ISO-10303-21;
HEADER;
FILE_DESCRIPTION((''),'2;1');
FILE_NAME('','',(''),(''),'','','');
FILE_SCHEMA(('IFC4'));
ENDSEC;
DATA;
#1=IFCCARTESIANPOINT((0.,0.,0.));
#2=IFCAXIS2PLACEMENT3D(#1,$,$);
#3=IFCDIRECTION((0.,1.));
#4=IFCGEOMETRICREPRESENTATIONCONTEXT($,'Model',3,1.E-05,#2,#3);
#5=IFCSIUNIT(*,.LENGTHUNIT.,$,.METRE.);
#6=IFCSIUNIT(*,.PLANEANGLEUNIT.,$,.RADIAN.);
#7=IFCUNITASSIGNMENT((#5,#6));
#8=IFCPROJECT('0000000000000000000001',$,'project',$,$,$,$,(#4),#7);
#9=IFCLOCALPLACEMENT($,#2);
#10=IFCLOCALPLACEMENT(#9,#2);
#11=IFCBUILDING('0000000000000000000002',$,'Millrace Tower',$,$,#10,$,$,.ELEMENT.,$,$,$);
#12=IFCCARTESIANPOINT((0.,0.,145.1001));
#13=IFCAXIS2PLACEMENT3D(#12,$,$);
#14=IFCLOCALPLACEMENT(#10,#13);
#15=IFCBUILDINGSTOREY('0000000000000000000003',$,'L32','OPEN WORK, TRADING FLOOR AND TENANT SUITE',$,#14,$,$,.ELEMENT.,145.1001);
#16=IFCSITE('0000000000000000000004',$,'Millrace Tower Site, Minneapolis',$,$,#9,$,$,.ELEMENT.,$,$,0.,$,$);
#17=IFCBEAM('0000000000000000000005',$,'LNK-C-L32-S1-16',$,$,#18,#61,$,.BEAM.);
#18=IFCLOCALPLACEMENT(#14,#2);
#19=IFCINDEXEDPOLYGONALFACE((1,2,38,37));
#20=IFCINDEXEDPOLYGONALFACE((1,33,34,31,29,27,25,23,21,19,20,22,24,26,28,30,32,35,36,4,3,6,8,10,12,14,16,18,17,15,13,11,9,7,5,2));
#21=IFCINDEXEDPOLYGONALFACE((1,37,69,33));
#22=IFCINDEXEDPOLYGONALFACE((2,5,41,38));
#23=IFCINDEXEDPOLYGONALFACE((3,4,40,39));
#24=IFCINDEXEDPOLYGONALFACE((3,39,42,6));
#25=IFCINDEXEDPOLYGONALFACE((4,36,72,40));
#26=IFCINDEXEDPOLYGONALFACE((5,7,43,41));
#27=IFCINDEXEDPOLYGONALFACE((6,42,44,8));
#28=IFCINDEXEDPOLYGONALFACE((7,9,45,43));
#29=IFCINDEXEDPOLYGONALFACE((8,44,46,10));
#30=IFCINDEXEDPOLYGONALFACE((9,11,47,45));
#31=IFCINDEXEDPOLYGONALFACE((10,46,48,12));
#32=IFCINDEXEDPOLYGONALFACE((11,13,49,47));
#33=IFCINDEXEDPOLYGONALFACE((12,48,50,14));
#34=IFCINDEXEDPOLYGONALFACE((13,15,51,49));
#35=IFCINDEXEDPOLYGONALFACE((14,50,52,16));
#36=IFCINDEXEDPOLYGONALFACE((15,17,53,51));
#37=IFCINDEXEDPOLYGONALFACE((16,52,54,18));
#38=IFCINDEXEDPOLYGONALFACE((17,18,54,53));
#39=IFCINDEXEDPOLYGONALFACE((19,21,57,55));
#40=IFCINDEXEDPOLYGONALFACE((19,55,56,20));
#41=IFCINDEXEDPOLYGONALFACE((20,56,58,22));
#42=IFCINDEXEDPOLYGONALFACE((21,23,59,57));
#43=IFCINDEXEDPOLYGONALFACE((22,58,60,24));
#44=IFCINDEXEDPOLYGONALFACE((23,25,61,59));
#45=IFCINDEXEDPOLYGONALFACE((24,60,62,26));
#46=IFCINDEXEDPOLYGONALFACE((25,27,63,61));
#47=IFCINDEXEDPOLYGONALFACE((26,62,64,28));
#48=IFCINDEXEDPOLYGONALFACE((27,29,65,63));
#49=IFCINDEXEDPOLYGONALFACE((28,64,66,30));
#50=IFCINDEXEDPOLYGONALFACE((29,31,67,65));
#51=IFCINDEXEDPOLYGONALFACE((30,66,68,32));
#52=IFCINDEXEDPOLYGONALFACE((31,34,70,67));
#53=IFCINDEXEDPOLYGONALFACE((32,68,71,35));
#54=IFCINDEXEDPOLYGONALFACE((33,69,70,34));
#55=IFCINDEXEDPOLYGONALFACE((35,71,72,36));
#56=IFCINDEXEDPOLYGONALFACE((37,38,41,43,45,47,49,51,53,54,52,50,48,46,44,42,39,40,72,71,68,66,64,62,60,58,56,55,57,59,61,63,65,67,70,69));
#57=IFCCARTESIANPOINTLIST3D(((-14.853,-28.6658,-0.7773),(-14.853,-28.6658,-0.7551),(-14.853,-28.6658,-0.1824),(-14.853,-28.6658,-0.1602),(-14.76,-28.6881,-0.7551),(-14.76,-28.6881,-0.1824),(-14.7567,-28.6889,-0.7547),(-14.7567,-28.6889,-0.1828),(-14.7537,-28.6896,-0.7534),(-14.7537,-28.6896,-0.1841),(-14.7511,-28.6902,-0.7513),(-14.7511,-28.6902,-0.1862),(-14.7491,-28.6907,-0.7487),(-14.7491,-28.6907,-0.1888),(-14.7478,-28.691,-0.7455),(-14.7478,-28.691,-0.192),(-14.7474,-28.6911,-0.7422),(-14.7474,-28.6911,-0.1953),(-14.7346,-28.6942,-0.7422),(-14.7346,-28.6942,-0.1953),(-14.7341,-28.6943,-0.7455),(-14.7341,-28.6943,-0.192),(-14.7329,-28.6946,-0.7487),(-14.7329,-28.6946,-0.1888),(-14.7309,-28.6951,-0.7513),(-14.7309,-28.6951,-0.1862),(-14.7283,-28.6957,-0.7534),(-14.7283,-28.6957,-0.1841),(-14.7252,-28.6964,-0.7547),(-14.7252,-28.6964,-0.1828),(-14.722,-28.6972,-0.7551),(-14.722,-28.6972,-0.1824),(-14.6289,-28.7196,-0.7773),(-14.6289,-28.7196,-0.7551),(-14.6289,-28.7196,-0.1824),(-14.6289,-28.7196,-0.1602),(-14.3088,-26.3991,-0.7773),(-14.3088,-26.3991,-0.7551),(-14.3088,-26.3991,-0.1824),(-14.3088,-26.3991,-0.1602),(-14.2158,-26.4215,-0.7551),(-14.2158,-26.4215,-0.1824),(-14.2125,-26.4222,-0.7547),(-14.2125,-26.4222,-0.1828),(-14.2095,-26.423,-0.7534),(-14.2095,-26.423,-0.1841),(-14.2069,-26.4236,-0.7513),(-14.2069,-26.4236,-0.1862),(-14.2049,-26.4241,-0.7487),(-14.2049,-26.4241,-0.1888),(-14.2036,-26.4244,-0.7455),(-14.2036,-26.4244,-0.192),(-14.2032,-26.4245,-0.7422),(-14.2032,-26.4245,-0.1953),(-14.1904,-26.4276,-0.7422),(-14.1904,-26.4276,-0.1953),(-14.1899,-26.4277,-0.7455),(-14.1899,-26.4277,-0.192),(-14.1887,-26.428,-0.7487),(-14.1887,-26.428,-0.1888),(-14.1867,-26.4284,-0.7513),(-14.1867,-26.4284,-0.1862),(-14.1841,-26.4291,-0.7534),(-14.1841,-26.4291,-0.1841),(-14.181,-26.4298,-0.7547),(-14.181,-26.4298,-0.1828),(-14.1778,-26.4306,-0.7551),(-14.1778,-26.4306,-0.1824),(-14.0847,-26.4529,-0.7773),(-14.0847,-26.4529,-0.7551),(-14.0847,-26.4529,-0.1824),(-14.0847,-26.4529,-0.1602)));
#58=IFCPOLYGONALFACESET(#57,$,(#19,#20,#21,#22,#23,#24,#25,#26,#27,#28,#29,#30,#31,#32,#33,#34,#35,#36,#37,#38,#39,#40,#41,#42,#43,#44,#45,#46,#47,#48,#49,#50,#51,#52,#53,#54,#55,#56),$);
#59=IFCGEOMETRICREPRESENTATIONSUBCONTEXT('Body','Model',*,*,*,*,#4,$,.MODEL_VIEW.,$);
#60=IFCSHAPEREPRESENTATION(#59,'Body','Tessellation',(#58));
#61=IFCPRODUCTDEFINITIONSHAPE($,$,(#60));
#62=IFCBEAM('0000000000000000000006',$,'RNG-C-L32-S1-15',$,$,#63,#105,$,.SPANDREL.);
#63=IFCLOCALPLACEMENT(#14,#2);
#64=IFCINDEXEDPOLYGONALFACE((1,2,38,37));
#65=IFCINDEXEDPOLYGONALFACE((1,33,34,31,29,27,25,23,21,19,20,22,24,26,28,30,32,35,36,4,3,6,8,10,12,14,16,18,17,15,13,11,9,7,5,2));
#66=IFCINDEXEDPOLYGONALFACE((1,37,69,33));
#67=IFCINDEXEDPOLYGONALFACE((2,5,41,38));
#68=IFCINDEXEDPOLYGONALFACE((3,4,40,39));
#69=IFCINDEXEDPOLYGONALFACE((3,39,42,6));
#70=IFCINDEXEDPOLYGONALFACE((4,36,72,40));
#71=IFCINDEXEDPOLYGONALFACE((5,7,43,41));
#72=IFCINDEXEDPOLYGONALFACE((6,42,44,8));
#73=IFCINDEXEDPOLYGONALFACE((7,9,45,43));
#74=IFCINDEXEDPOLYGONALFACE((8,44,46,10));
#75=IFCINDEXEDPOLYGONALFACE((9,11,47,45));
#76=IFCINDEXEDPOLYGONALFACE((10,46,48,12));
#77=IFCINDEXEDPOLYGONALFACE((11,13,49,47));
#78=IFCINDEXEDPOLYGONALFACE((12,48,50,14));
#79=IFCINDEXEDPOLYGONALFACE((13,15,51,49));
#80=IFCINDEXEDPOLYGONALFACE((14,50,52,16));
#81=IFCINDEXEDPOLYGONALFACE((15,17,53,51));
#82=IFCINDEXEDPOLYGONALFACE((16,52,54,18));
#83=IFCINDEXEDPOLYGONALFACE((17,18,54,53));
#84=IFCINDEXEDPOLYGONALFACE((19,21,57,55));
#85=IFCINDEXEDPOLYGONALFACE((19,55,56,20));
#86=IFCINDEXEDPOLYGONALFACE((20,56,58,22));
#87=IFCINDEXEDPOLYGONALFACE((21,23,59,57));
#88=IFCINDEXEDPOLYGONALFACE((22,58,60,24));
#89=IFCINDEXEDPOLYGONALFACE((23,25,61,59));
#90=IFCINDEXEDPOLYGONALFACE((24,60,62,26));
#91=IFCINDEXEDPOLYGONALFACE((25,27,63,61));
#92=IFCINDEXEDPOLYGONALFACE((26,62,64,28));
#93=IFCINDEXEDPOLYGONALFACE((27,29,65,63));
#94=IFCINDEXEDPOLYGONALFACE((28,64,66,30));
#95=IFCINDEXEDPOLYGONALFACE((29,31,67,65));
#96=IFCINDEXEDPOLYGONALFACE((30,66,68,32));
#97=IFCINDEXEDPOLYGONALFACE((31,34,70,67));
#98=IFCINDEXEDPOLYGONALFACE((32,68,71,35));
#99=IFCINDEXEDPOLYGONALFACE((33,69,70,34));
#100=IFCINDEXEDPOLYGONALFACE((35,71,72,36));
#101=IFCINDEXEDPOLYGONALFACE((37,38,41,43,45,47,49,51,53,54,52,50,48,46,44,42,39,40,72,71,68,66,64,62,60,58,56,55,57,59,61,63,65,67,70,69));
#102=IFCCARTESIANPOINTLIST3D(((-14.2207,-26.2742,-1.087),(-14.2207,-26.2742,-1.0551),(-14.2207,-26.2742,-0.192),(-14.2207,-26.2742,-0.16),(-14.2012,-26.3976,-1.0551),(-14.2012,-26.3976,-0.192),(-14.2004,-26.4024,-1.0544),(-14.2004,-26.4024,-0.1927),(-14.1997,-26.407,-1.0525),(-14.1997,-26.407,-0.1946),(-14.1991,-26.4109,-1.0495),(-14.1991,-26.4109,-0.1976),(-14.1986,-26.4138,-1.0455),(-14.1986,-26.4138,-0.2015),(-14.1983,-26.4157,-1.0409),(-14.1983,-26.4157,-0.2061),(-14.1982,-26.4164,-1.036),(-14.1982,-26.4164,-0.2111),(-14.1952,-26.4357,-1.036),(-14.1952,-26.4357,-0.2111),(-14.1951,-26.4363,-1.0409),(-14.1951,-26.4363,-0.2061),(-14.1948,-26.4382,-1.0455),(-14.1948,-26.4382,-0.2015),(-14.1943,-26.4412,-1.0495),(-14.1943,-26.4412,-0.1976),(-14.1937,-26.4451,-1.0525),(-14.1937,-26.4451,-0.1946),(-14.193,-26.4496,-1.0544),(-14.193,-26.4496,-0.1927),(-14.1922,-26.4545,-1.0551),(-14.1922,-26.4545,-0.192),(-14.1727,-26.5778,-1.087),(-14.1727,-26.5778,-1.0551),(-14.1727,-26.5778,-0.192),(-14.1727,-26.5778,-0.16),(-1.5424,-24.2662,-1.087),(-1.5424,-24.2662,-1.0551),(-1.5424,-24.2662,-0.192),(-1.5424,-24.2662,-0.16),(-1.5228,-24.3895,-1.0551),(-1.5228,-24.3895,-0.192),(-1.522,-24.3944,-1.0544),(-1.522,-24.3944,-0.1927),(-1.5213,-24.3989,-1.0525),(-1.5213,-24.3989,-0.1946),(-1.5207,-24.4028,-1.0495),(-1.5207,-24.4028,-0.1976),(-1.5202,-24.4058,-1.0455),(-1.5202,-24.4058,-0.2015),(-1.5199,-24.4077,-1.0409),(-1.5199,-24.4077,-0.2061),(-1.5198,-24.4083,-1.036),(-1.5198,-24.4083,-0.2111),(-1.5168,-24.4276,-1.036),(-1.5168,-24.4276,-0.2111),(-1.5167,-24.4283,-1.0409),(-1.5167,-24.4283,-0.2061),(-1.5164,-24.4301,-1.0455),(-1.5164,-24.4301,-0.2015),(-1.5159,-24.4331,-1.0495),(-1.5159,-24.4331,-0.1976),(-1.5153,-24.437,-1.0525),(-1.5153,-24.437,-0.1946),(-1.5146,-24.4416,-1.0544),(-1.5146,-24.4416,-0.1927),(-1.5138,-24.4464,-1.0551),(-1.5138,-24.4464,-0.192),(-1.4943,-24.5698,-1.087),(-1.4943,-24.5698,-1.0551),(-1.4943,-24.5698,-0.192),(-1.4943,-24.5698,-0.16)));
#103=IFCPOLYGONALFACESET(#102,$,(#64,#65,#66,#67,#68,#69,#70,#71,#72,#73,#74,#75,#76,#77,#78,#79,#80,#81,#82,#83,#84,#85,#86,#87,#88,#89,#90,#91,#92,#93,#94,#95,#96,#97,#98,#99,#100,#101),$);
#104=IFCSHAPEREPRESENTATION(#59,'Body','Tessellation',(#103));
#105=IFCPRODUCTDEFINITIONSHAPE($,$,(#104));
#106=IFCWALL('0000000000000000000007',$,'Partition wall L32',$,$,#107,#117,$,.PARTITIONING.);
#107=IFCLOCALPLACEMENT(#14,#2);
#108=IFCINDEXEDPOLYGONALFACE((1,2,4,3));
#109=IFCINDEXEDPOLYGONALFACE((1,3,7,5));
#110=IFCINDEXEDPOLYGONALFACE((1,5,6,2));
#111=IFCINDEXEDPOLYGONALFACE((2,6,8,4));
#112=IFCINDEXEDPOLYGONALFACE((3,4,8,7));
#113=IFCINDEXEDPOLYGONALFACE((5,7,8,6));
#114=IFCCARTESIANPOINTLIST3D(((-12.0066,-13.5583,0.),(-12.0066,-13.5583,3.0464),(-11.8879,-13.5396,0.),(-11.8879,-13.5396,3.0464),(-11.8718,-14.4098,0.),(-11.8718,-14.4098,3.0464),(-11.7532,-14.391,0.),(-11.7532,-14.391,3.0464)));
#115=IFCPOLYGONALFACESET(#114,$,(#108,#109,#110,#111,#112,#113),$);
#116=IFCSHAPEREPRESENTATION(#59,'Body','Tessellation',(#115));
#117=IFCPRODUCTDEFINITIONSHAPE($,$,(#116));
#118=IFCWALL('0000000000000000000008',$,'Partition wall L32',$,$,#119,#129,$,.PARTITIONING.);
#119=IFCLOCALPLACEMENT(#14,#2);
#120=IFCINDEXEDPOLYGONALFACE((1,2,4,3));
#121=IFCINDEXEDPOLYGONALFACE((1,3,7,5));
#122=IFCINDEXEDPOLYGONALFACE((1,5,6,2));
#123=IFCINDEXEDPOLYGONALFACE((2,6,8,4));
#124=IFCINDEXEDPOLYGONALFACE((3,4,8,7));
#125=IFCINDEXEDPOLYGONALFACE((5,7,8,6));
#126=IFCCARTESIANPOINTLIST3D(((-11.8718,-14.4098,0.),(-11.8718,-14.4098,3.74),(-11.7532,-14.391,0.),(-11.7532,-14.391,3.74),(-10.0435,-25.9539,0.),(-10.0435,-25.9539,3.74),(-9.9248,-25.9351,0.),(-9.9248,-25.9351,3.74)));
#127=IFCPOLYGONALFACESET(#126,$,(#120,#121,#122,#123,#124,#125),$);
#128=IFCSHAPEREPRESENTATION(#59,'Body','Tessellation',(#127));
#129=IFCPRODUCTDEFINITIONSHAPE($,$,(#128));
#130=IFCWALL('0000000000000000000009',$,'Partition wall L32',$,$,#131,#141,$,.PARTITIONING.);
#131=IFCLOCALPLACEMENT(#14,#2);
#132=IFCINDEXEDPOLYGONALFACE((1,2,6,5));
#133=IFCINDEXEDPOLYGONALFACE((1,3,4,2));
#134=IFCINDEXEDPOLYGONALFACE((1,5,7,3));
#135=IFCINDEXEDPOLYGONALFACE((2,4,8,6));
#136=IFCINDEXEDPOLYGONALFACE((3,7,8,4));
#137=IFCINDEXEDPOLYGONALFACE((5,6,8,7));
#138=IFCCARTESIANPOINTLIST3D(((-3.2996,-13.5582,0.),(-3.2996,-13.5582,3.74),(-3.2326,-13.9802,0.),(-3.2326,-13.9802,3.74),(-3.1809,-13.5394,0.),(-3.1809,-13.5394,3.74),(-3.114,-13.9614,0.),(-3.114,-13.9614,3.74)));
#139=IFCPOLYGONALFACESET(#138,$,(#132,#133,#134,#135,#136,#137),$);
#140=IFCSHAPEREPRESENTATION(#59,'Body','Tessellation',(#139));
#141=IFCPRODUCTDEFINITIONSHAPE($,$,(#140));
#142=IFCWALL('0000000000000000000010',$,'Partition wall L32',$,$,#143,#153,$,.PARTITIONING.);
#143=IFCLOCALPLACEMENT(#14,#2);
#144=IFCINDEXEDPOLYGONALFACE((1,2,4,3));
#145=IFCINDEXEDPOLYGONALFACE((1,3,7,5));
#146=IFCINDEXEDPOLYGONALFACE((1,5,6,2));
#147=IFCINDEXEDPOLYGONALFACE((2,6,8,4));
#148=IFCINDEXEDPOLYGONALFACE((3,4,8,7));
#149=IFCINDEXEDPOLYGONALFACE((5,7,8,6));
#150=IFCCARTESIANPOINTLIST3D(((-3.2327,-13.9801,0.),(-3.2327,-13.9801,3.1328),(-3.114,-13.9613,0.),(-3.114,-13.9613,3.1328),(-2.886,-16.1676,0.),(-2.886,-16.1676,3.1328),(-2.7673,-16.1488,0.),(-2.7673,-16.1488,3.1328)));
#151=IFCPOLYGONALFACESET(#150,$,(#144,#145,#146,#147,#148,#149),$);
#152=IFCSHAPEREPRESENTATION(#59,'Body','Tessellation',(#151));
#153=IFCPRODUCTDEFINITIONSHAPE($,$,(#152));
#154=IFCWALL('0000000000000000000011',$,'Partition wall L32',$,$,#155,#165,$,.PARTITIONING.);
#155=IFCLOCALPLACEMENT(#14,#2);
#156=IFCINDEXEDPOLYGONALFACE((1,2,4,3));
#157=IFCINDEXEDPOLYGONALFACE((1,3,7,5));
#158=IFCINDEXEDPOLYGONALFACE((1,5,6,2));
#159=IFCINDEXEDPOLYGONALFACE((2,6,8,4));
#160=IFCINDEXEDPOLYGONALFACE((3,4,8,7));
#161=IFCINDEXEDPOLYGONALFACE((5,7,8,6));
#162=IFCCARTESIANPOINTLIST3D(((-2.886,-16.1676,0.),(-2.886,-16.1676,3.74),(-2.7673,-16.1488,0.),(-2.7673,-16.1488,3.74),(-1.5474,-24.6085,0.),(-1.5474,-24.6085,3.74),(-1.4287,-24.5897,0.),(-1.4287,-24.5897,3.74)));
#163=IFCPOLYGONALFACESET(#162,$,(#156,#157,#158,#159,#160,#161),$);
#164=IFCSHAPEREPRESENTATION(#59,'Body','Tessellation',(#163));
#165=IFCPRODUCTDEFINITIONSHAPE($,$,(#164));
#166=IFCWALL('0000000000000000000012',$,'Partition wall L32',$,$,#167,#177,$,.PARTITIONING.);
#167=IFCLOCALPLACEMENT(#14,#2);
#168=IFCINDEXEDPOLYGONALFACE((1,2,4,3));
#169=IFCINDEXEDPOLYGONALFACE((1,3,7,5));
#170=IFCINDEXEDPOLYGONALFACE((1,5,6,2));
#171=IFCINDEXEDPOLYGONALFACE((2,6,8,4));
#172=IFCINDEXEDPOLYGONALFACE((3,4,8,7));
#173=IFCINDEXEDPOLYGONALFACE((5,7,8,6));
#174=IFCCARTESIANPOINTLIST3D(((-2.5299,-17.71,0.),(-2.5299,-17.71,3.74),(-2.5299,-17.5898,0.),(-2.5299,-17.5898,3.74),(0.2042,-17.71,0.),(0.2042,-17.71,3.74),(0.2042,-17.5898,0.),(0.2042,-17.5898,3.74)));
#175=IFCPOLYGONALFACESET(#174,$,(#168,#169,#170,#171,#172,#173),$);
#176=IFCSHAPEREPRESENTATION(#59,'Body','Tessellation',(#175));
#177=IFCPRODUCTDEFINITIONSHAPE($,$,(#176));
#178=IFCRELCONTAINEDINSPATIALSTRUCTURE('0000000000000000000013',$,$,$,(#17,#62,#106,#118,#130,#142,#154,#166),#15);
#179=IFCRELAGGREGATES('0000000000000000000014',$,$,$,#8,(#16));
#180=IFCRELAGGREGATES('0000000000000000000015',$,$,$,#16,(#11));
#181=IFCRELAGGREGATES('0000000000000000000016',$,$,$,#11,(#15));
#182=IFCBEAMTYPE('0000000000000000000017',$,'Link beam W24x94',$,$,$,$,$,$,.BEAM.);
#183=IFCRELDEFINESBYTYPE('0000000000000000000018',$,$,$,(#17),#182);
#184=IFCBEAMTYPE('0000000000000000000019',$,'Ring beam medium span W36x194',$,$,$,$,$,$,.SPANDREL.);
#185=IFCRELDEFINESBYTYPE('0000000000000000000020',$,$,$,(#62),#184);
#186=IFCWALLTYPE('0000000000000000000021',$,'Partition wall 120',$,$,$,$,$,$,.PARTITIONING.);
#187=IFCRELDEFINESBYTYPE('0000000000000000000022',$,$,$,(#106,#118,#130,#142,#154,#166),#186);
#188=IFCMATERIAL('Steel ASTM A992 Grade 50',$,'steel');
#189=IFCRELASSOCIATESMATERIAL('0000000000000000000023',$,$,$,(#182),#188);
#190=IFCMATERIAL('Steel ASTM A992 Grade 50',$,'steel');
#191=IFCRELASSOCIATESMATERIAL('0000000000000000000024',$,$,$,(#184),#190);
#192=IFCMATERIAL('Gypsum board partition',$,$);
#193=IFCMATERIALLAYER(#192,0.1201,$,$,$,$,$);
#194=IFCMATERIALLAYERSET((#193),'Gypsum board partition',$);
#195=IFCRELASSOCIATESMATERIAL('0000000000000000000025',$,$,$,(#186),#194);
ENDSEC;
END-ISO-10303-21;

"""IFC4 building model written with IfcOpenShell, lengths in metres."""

from ifc_helpers import new_model, si_unit, direction, frame, frame_2d, origin, origin_2d, place, context, subcontext, project, spatial, rectangle, i_section, extrude, material, layer, layer_set, material_profile, profile_set, type_object, element, save


model = new_model("IFC4")

# Units and contexts
model_context = context("Model", 3, precision=1e-05, world=origin(), true_north=direction((0.0, 1.0)))
body_context = subcontext(model_context, "Body", "Model", "MODEL_VIEW")
ifc_project = project(units=[si_unit("LENGTHUNIT", "METRE"), si_unit("PLANEANGLEUNIT", "RADIAN")], contexts=[model_context])

# Site, building, storey
site_placement = place(None, origin())
site = spatial("IfcSite", under=ifc_project, at=site_placement, Name="Millrace Tower Site, Minneapolis", CompositionType="ELEMENT", RefElevation=0.0)
building_placement = place(site_placement, origin())
building = spatial("IfcBuilding", under=site, at=building_placement, Name="Millrace Tower", CompositionType="ELEMENT")
storey_placement = place(building_placement, frame((0.0, 0.0, 145.1001)))
storey = spatial("IfcBuildingStorey", under=building, at=storey_placement, Name="L32", Description="OPEN WORK, TRADING FLOOR AND TENANT SUITE", CompositionType="ELEMENT", Elevation=145.1001)

# Beams
ifc_material_1 = material(Name="Steel ASTM A992 Grade 50", Category="steel")
ifc_material_profile_1 = material_profile(ifc_material_1, i_section(OverallWidth=0.2305, OverallDepth=0.6172, WebThickness=0.0132, FlangeThickness=0.0222, FilletRadius=0.0129, at=origin_2d()))
ifc_profile_set_1 = profile_set([ifc_material_profile_1], Name="Steel ASTM A992 Grade 50")
beam_type_1 = type_object("IfcBeamType", Name="Link beam W24x94", PredefinedType="BEAM", material=ifc_profile_set_1)
beam_1_placement = place(storey_placement, frame((-14.1968, -26.426, -0.4688), z_axis=(-0.233456, -0.972367, 0.0), x_axis=(0.972367, -0.233456, 0.0)))
element("IfcBeam", 1, at=beam_1_placement, inside=storey, type_object=beam_type_1, Name="LNK-C-L32-S1-16", PredefinedType="BEAM", context=body_context, shape_type="SweptSolid", body=[
    extrude(i_section(OverallWidth=0.2305, OverallDepth=0.6172, WebThickness=0.0132, FlangeThickness=0.0222, FilletRadius=0.0129, at=origin_2d()), origin(), (0.0, 0.0, 1.0), 2.3311),
])
ifc_material_2 = material(Name="Steel ASTM A992 Grade 50", Category="steel")
ifc_material_profile_2 = material_profile(ifc_material_2, i_section(OverallWidth=0.3074, OverallDepth=0.927, WebThickness=0.0195, FlangeThickness=0.032, FilletRadius=0.019, at=origin_2d()))
ifc_profile_set_2 = profile_set([ifc_material_profile_2], Name="Steel ASTM A992 Grade 50")
beam_type_2 = type_object("IfcBeamType", Name="Ring beam medium span W36x194", PredefinedType="SPANDREL", material=ifc_profile_set_2)
beam_2_placement = place(storey_placement, frame((-1.5183, -24.418, -0.6235), z_axis=(-0.987689, -0.156433, 0.0), x_axis=(0.156433, -0.987689, 0.0)))
element("IfcBeam", 2, at=beam_2_placement, inside=storey, type_object=beam_type_2, Name="RNG-C-L32-S1-15", PredefinedType="SPANDREL", context=body_context, shape_type="SweptSolid", body=[
    extrude(i_section(OverallWidth=0.3074, OverallDepth=0.927, WebThickness=0.0195, FlangeThickness=0.032, FilletRadius=0.019, at=origin_2d()), origin(), (0.0, 0.0, 1.0), 12.8364),
])

# Walls
ifc_material_3 = material(Name="Gypsum board partition")
ifc_layer_1 = layer(ifc_material_3, 0.1201)
ifc_layer_set_1 = layer_set([ifc_layer_1], Name="Gypsum board partition")
wall_type = type_object("IfcWallType", Name="Partition wall 120", PredefinedType="PARTITIONING", material=ifc_layer_set_1)
wall_1_placement = place(storey_placement, frame((-11.9473, -13.5488, 0.0), z_axis=(0.0, 0.0, 1.0), x_axis=(0.156312, -0.987708, 0.0)))
element("IfcWall", 3, at=wall_1_placement, inside=storey, type_object=wall_type, Name="Partition wall L32", PredefinedType="PARTITIONING", context=body_context, shape_type="SweptSolid", body=[
    extrude(rectangle(XDim=0.8621, YDim=0.1201, at=frame_2d((0.4312, 0.0))), origin(), (0.0, 0.0, 1.0), 3.0464),
])
wall_2_placement = place(storey_placement, frame((-11.8125, -14.4004, 0.0), z_axis=(0.0, 0.0, 1.0), x_axis=(0.15643, -0.987689, 0.0)))
element("IfcWall", 4, at=wall_2_placement, inside=storey, type_object=wall_type, Name="Partition wall L32", PredefinedType="PARTITIONING", context=body_context, shape_type="SweptSolid", body=[
    extrude(rectangle(XDim=11.688, YDim=0.1201, at=frame_2d((5.844, 0.0))), origin(), (0.0, 0.0, 1.0), 3.74),
])
wall_3_placement = place(storey_placement, frame((-3.2402, -13.5488, 0.0), z_axis=(0.0, 0.0, 1.0), x_axis=(0.156608, -0.987661, 0.0)))
element("IfcWall", 5, at=wall_3_placement, inside=storey, type_object=wall_type, Name="Partition wall L32", PredefinedType="PARTITIONING", context=body_context, shape_type="SweptSolid", body=[
    extrude(rectangle(XDim=0.4272, YDim=0.1201, at=frame_2d((0.2136, 0.0))), origin(), (0.0, 0.0, 1.0), 3.74),
])
wall_4_placement = place(storey_placement, frame((-3.1733, -13.9707, 0.0), z_axis=(0.0, 0.0, 1.0), x_axis=(0.156529, -0.987673, 0.0)))
element("IfcWall", 6, at=wall_4_placement, inside=storey, type_object=wall_type, Name="Partition wall L32", PredefinedType="PARTITIONING", context=body_context, shape_type="SweptSolid", body=[
    extrude(rectangle(XDim=2.2148, YDim=0.1201, at=frame_2d((1.1074, 0.0))), origin(), (0.0, 0.0, 1.0), 3.1328),
])
wall_5_placement = place(storey_placement, frame((-2.8267, -16.1582, 0.0), z_axis=(0.0, 0.0, 1.0), x_axis=(0.15663, -0.987657, 0.0)))
element("IfcWall", 7, at=wall_5_placement, inside=storey, type_object=wall_type, Name="Partition wall L32", PredefinedType="PARTITIONING", context=body_context, shape_type="SweptSolid", body=[
    extrude(rectangle(XDim=8.5464, YDim=0.1201, at=frame_2d((4.2732, 0.0))), origin(), (0.0, 0.0, 1.0), 3.74),
])
wall_6_placement = place(storey_placement, frame((-2.53, -17.6499, 0.0), z_axis=(0.0, 0.0, 1.0), x_axis=(1.0, 0.0, 0.0)))
element("IfcWall", 8, at=wall_6_placement, inside=storey, type_object=wall_type, Name="Partition wall L32", PredefinedType="PARTITIONING", context=body_context, shape_type="SweptSolid", body=[
    extrude(rectangle(XDim=2.7341, YDim=0.1201, at=frame_2d((1.3672, 0.0))), origin(), (0.0, 0.0, 1.0), 3.74),
])

save(model, "model.ifc")
